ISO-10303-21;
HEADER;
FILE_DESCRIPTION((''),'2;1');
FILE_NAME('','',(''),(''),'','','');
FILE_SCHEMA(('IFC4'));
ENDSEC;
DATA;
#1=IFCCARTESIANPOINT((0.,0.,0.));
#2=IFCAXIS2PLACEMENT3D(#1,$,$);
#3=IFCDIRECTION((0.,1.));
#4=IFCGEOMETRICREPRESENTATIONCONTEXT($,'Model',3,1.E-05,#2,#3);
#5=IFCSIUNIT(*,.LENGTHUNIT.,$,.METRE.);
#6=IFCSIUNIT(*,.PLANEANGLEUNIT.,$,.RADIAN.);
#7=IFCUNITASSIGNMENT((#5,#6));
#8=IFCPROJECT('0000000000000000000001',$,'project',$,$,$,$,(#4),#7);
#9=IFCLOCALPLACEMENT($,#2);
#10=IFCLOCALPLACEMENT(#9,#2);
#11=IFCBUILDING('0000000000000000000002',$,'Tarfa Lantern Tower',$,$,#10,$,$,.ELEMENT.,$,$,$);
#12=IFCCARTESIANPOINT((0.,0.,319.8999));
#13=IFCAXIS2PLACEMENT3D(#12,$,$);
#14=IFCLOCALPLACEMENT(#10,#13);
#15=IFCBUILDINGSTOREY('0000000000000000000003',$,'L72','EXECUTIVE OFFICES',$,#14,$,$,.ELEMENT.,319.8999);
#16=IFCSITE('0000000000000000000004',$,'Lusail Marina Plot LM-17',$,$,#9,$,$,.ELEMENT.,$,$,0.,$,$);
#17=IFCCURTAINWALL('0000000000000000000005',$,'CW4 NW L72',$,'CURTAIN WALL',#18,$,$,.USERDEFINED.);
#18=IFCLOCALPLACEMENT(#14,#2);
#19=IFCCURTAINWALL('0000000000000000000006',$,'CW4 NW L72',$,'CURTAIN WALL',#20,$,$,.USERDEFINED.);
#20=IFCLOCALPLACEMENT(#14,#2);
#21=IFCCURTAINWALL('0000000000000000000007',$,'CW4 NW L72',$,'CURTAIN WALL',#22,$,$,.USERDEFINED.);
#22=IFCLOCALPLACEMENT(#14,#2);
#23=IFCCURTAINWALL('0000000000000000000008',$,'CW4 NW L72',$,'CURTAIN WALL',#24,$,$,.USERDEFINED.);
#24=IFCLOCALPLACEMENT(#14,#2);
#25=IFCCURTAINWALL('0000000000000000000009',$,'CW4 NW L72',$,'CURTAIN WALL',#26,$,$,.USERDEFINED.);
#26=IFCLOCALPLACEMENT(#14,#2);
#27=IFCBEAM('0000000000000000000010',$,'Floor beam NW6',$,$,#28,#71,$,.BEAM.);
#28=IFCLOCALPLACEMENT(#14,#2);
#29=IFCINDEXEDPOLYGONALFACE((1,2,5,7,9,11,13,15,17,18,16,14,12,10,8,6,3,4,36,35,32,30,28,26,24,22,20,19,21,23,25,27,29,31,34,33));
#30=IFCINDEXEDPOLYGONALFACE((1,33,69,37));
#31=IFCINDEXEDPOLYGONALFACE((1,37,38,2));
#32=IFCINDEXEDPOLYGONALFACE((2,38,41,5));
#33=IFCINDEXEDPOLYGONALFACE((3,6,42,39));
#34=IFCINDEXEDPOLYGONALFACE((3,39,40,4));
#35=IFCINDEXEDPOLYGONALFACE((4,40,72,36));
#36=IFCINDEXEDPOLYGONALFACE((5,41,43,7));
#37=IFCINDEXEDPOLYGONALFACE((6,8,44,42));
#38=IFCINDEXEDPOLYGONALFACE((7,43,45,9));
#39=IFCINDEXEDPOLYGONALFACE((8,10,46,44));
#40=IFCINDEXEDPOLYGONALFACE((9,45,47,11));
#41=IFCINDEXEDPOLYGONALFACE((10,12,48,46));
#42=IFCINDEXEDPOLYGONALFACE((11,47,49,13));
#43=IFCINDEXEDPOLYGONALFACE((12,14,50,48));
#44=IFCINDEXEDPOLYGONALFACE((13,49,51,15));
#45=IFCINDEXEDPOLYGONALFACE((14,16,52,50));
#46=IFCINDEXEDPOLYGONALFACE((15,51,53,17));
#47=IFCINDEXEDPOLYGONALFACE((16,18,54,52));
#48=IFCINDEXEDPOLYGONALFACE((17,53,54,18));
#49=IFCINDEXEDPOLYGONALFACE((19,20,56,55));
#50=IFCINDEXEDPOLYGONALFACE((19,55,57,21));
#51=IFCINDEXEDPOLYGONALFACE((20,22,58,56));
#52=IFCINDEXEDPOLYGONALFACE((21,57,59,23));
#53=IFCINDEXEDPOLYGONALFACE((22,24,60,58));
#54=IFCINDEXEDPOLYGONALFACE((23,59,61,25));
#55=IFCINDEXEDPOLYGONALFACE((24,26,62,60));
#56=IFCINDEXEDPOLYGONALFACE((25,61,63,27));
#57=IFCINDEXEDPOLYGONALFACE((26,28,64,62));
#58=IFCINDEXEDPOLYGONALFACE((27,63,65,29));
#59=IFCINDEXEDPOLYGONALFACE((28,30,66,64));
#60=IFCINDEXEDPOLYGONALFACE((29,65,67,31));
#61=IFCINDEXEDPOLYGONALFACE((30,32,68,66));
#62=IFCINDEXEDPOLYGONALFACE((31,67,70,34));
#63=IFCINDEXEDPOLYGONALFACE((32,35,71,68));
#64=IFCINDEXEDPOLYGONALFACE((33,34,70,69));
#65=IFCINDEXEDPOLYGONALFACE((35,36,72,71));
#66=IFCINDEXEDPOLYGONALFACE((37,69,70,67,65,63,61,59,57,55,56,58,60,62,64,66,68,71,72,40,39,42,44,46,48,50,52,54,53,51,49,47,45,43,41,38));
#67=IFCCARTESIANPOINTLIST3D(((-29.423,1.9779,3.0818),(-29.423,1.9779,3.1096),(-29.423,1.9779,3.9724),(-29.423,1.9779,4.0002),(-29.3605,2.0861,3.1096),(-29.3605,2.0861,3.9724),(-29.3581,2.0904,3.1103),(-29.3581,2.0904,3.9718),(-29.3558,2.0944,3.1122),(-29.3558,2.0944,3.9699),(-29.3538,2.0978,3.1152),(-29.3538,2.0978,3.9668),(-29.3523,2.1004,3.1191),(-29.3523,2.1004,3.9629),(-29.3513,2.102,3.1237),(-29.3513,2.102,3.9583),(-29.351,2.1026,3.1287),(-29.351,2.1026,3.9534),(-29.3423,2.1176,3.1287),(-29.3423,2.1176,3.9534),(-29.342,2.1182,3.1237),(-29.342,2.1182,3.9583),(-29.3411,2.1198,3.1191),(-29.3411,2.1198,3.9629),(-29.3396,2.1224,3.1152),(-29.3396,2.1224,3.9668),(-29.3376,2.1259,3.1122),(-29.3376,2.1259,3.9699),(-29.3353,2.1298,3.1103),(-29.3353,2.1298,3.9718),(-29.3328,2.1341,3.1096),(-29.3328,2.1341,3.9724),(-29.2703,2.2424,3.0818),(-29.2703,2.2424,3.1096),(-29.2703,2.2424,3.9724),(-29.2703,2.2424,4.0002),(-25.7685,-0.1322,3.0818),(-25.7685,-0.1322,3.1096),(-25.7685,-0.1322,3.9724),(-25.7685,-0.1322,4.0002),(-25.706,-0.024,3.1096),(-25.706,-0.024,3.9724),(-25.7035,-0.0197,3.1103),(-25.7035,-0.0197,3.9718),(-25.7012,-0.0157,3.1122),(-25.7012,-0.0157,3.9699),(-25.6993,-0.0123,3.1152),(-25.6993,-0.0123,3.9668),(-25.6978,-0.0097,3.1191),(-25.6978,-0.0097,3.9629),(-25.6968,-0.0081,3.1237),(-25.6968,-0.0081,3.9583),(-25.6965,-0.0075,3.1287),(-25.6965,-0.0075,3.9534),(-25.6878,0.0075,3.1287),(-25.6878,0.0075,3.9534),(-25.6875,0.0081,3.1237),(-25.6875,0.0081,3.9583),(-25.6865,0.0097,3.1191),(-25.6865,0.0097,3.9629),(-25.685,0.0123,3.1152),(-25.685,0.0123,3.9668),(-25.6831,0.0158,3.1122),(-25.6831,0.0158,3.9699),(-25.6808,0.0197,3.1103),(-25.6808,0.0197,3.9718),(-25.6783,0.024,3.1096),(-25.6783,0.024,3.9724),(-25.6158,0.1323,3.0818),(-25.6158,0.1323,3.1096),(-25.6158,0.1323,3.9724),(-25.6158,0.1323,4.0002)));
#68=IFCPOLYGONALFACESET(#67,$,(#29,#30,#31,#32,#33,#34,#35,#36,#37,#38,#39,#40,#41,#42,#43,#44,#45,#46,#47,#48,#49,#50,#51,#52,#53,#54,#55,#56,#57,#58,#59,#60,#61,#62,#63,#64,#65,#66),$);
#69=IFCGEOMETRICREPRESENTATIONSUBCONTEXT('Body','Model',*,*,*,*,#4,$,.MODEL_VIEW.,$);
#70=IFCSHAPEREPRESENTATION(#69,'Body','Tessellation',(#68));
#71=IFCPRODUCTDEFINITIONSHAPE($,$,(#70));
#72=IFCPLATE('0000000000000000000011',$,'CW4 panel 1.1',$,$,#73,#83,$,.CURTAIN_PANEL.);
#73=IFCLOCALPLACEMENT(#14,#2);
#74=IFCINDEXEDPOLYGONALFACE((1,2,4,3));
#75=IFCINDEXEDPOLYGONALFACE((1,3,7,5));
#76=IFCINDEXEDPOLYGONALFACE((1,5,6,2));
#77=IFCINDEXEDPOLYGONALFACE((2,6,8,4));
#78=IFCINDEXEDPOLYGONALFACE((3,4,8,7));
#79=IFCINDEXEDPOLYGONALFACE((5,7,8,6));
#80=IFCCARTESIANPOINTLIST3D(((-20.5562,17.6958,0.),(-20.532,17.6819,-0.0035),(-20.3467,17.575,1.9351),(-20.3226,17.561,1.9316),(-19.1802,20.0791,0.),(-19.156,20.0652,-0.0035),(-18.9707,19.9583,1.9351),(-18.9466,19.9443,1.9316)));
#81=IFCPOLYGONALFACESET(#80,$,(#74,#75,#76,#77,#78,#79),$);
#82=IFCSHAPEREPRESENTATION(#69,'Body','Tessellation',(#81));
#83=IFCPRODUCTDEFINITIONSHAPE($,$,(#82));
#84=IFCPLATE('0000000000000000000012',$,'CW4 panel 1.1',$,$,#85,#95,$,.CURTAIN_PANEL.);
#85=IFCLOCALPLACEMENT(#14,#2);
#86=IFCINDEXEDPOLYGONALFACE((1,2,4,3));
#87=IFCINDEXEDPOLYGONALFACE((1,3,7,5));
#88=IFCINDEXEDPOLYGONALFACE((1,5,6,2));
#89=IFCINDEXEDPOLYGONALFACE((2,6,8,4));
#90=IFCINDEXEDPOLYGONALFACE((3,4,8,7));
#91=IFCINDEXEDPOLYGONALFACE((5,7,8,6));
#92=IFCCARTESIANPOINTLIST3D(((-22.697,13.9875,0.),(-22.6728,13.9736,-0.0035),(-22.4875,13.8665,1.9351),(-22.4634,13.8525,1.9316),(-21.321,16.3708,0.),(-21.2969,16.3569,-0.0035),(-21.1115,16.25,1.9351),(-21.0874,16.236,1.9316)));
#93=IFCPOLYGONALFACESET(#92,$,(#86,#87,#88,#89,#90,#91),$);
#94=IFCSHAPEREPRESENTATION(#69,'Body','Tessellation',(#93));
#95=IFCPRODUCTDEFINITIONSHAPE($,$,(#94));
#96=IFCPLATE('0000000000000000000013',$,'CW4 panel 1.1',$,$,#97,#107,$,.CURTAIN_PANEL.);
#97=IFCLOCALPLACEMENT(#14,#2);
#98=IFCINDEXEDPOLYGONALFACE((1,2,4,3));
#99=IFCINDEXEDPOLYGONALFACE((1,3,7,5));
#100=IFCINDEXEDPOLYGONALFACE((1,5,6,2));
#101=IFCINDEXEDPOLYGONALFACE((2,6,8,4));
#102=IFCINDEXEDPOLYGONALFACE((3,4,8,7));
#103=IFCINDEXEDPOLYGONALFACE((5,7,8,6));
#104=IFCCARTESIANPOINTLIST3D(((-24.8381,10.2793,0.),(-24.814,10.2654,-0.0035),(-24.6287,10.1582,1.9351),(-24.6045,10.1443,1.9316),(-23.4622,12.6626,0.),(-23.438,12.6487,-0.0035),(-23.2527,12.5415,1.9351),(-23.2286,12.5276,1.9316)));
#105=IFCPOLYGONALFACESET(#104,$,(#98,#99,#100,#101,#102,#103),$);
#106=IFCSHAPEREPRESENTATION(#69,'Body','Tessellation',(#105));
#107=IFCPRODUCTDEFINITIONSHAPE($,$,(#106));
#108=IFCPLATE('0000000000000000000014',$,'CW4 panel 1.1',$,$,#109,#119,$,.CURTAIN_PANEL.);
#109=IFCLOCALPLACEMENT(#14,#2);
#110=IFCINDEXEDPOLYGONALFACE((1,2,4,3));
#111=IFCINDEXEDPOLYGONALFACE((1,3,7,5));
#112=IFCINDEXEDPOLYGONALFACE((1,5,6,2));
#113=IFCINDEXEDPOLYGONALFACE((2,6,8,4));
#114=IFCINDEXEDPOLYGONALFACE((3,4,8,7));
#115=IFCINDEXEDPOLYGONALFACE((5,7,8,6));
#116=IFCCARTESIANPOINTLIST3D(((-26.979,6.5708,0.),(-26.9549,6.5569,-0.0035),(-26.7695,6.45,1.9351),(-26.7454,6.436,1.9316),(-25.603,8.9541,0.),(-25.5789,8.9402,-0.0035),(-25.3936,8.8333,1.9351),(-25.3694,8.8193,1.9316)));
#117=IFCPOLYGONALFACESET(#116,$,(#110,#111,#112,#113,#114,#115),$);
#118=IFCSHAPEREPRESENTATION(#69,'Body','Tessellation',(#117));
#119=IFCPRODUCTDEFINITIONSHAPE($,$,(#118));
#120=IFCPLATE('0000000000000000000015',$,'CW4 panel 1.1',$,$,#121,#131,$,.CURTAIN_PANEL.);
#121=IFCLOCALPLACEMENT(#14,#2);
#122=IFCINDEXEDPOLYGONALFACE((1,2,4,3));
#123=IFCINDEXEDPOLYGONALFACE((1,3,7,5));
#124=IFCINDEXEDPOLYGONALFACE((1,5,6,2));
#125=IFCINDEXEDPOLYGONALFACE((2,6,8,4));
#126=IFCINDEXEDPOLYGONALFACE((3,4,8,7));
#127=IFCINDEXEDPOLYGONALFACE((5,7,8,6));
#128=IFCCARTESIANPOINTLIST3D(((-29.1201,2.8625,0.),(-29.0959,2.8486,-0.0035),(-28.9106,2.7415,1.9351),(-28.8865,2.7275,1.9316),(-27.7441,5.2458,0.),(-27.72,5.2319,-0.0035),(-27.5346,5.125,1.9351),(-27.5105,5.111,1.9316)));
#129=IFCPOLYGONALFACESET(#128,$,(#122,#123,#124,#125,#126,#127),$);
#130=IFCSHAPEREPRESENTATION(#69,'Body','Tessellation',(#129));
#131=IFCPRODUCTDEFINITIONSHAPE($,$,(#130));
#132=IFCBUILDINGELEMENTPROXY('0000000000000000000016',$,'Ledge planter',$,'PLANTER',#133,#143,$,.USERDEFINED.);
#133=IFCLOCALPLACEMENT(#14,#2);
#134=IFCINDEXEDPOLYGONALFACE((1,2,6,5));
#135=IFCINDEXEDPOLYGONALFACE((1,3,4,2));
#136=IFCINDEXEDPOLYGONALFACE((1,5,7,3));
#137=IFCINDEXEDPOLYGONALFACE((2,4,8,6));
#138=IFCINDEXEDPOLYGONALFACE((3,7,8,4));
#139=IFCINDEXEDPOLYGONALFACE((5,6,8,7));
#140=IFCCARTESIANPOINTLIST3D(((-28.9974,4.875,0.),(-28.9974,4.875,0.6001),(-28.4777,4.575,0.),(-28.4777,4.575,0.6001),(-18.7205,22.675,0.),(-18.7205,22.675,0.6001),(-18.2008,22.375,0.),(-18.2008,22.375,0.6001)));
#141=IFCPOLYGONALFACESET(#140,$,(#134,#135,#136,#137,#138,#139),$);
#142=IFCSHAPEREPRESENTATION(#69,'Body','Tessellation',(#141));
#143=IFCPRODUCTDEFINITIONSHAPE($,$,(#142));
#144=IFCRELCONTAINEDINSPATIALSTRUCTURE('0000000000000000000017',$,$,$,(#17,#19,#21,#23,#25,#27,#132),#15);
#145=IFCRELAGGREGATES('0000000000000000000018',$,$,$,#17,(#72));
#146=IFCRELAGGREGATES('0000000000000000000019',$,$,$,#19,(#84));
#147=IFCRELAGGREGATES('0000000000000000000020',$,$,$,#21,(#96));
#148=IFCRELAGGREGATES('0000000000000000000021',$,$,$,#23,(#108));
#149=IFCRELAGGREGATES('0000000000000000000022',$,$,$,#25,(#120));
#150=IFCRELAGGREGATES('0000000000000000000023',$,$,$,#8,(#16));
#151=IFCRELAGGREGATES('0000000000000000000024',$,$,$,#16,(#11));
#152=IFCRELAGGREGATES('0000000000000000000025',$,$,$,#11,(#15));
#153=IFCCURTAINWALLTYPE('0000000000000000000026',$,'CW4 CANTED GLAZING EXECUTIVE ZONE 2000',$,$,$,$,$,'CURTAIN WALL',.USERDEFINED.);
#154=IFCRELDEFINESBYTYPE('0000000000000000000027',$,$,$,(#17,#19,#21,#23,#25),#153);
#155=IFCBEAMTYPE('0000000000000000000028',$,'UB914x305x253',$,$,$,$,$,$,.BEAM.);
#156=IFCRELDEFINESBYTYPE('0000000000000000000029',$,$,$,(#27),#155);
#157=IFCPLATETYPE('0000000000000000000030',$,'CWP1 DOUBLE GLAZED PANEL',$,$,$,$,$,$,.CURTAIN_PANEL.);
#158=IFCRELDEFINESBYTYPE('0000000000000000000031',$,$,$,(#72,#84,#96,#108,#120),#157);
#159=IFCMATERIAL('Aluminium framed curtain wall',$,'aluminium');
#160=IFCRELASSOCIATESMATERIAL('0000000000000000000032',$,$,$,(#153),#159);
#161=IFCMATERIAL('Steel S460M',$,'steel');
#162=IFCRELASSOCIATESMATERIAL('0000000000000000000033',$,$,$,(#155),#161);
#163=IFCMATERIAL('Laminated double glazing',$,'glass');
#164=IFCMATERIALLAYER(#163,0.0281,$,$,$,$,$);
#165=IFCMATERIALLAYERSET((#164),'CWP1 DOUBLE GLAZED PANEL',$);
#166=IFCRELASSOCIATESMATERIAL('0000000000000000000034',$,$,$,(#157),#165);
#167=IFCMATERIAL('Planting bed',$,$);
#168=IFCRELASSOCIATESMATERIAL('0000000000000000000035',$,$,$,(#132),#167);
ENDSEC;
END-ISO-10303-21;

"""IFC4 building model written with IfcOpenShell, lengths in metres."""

from ifc_helpers import new_model, si_unit, direction, frame, origin, origin_2d, place, context, subcontext, project, spatial, polyline, rectangle, i_section, outline, extrude, material, layer, layer_set, material_profile, profile_set, type_object, element, aggregate, save


model = new_model("IFC4")

# Units and contexts
model_context = context("Model", 3, precision=1e-05, world=origin(), true_north=direction((0.0, 1.0)))
body_context = subcontext(model_context, "Body", "Model", "MODEL_VIEW")
ifc_project = project(units=[si_unit("LENGTHUNIT", "METRE"), si_unit("PLANEANGLEUNIT", "RADIAN")], contexts=[model_context])

# Site, building, storey
site_placement = place(None, origin())
site = spatial("IfcSite", under=ifc_project, at=site_placement, Name="Lusail Marina Plot LM-17", CompositionType="ELEMENT", RefElevation=0.0)
building_placement = place(site_placement, origin())
building = spatial("IfcBuilding", under=site, at=building_placement, Name="Tarfa Lantern Tower", CompositionType="ELEMENT")
storey_placement = place(building_placement, frame((0.0, 0.0, 319.8999)))
storey = spatial("IfcBuildingStorey", under=building, at=storey_placement, Name="L72", Description="EXECUTIVE OFFICES", CompositionType="ELEMENT", Elevation=319.8999)

# Curtain walls
ifc_material_1 = material(Name="Aluminium framed curtain wall", Category="aluminium")
curtain_wall_type = type_object("IfcCurtainWallType", Name="CW4 CANTED GLAZING EXECUTIVE ZONE 2000", ElementType="CURTAIN WALL", PredefinedType="USERDEFINED", material=ifc_material_1)
curtain_wall_1_placement = place(storey_placement, origin())
curtain_wall_1 = element("IfcCurtainWall", 1, at=curtain_wall_1_placement, inside=storey, type_object=curtain_wall_type, Name="CW4 NW L72", ObjectType="CURTAIN WALL", PredefinedType="USERDEFINED")
curtain_wall_2_placement = place(storey_placement, origin())
curtain_wall_2 = element("IfcCurtainWall", 2, at=curtain_wall_2_placement, inside=storey, type_object=curtain_wall_type, Name="CW4 NW L72", ObjectType="CURTAIN WALL", PredefinedType="USERDEFINED")
curtain_wall_3_placement = place(storey_placement, origin())
curtain_wall_3 = element("IfcCurtainWall", 3, at=curtain_wall_3_placement, inside=storey, type_object=curtain_wall_type, Name="CW4 NW L72", ObjectType="CURTAIN WALL", PredefinedType="USERDEFINED")
curtain_wall_4_placement = place(storey_placement, origin())
curtain_wall_4 = element("IfcCurtainWall", 4, at=curtain_wall_4_placement, inside=storey, type_object=curtain_wall_type, Name="CW4 NW L72", ObjectType="CURTAIN WALL", PredefinedType="USERDEFINED")
curtain_wall_5_placement = place(storey_placement, origin())
curtain_wall_5 = element("IfcCurtainWall", 5, at=curtain_wall_5_placement, inside=storey, type_object=curtain_wall_type, Name="CW4 NW L72", ObjectType="CURTAIN WALL", PredefinedType="USERDEFINED")

# Beam
ifc_material_2 = material(Name="Steel S460M", Category="steel")
ifc_material_profile_1 = material_profile(ifc_material_2, i_section(OverallWidth=0.3054, OverallDepth=0.9185, WebThickness=0.0173, FlangeThickness=0.0278, FilletRadius=0.019, at=origin_2d()), Name="UB914x305x253")
ifc_profile_set_1 = profile_set([ifc_material_profile_1], Name="Steel S460M")
beam_type_1 = type_object("IfcBeamType", Name="UB914x305x253", PredefinedType="BEAM", material=ifc_profile_set_1)
beam_1_placement = place(storey_placement, frame((-29.3467, 2.1101, 3.541), z_axis=(0.866009, -0.500028, 0.0), x_axis=(0.500028, 0.866009, 0.0)))
element("IfcBeam", 6, at=beam_1_placement, inside=storey, type_object=beam_type_1, Name="Floor beam NW6", PredefinedType="BEAM", context=body_context, shape_type="SweptSolid", body=[
    extrude(i_section(OverallWidth=0.3054, OverallDepth=0.9185, WebThickness=0.0173, FlangeThickness=0.0278, FilletRadius=0.019, at=origin_2d()), origin(), (0.0, 0.0, 1.0), 4.22),
])

# Plates
ifc_material_3 = material(Name="Laminated double glazing", Category="glass")
ifc_layer = layer(ifc_material_3, 0.0281)
ifc_layer_set = layer_set([ifc_layer], Name="CWP1 DOUBLE GLAZED PANEL")
plate_type = type_object("IfcPlateType", Name="CWP1 DOUBLE GLAZED PANEL", PredefinedType="CURTAIN_PANEL", material=ifc_layer_set)
plate_1_placement = place(storey_placement, frame((-19.1802, 20.0791, 0.0), z_axis=(-0.859344, 0.496134, 0.12401), x_axis=(-0.499994, -0.866029, 0.0)))
plate_1 = element("IfcPlate", 7, at=plate_1_placement, type_object=plate_type, Name="CW4 panel 1.1", PredefinedType="CURTAIN_PANEL", context=body_context, shape_type="SweptSolid", body=[
    extrude(outline(polyline([(0.0, 0.0), (2.752, 0.0), (2.7519, 1.9501), (-0.0001, 1.9501), (0.0, 0.0)])), origin(), (0.0, 0.0, -1.0), 0.0281),
])
aggregate(curtain_wall_1, [plate_1])
plate_2_placement = place(storey_placement, frame((-21.321, 16.3708, 0.0), z_axis=(-0.859352, 0.496113, 0.124041), x_axis=(-0.499975, -0.86604, -0.000003)))
plate_2 = element("IfcPlate", 8, at=plate_2_placement, type_object=plate_type, Name="CW4 panel 1.1", PredefinedType="CURTAIN_PANEL", context=body_context, shape_type="SweptSolid", body=[
    extrude(outline(polyline([(0.0, 0.0), (2.752, 0.0), (2.7521, 1.9501), (-0.0001, 1.9501), (0.0, 0.0)])), origin(), (0.0, 0.0, -1.0), 0.0281),
])
aggregate(curtain_wall_2, [plate_2])
plate_3_placement = place(storey_placement, frame((-23.4622, 12.6626, 0.0), z_axis=(-0.859337, 0.49613, 0.124072), x_axis=(-0.499994, -0.866029, 0.0)))
plate_3 = element("IfcPlate", 9, at=plate_3_placement, type_object=plate_type, Name="CW4 panel 1.1", PredefinedType="CURTAIN_PANEL", context=body_context, shape_type="SweptSolid", body=[
    extrude(outline(polyline([(0.0, 0.0), (2.752, 0.0), (2.7521, 1.9501), (0.0001, 1.9501), (0.0, 0.0)])), origin(), (0.0, 0.0, -1.0), 0.0281),
])
aggregate(curtain_wall_3, [plate_3])
plate_4_placement = place(storey_placement, frame((-25.603, 8.9541, 0.0), z_axis=(-0.859344, 0.496134, 0.12401), x_axis=(-0.499994, -0.866029, 0.0)))
plate_4 = element("IfcPlate", 10, at=plate_4_placement, type_object=plate_type, Name="CW4 panel 1.1", PredefinedType="CURTAIN_PANEL", context=body_context, shape_type="SweptSolid", body=[
    extrude(outline(polyline([(0.0, 0.0), (2.752, 0.0), (2.7519, 1.9501), (-0.0001, 1.9501), (0.0, 0.0)])), origin(), (0.0, 0.0, -1.0), 0.0281),
])
aggregate(curtain_wall_4, [plate_4])
plate_5_placement = place(storey_placement, frame((-27.7441, 5.2458, 0.0), z_axis=(-0.859352, 0.496113, 0.124041), x_axis=(-0.499975, -0.86604, -0.000003)))
plate_5 = element("IfcPlate", 11, at=plate_5_placement, type_object=plate_type, Name="CW4 panel 1.1", PredefinedType="CURTAIN_PANEL", context=body_context, shape_type="SweptSolid", body=[
    extrude(outline(polyline([(0.0, 0.0), (2.752, 0.0), (2.7521, 1.9501), (-0.0001, 1.9501), (0.0, 0.0)])), origin(), (0.0, 0.0, -1.0), 0.0281),
])
aggregate(curtain_wall_5, [plate_5])

# Building element proxy
ifc_material_4 = material(Name="Planting bed")
proxy_placement = place(storey_placement, frame((-23.5991, 13.625, 0.0), z_axis=(0.0, 0.0, 1.0), x_axis=(-0.5, -0.866025, 0.0)))
element("IfcBuildingElementProxy", 12, at=proxy_placement, inside=storey, material=ifc_material_4, Name="Ledge planter", ObjectType="PLANTER", PredefinedType="USERDEFINED", context=body_context, shape_type="SweptSolid", body=[
    extrude(rectangle(XDim=20.5537, YDim=0.6001, at=origin_2d()), origin(), (0.0, 0.0, 1.0), 0.6001),
])

save(model, "model.ifc")
